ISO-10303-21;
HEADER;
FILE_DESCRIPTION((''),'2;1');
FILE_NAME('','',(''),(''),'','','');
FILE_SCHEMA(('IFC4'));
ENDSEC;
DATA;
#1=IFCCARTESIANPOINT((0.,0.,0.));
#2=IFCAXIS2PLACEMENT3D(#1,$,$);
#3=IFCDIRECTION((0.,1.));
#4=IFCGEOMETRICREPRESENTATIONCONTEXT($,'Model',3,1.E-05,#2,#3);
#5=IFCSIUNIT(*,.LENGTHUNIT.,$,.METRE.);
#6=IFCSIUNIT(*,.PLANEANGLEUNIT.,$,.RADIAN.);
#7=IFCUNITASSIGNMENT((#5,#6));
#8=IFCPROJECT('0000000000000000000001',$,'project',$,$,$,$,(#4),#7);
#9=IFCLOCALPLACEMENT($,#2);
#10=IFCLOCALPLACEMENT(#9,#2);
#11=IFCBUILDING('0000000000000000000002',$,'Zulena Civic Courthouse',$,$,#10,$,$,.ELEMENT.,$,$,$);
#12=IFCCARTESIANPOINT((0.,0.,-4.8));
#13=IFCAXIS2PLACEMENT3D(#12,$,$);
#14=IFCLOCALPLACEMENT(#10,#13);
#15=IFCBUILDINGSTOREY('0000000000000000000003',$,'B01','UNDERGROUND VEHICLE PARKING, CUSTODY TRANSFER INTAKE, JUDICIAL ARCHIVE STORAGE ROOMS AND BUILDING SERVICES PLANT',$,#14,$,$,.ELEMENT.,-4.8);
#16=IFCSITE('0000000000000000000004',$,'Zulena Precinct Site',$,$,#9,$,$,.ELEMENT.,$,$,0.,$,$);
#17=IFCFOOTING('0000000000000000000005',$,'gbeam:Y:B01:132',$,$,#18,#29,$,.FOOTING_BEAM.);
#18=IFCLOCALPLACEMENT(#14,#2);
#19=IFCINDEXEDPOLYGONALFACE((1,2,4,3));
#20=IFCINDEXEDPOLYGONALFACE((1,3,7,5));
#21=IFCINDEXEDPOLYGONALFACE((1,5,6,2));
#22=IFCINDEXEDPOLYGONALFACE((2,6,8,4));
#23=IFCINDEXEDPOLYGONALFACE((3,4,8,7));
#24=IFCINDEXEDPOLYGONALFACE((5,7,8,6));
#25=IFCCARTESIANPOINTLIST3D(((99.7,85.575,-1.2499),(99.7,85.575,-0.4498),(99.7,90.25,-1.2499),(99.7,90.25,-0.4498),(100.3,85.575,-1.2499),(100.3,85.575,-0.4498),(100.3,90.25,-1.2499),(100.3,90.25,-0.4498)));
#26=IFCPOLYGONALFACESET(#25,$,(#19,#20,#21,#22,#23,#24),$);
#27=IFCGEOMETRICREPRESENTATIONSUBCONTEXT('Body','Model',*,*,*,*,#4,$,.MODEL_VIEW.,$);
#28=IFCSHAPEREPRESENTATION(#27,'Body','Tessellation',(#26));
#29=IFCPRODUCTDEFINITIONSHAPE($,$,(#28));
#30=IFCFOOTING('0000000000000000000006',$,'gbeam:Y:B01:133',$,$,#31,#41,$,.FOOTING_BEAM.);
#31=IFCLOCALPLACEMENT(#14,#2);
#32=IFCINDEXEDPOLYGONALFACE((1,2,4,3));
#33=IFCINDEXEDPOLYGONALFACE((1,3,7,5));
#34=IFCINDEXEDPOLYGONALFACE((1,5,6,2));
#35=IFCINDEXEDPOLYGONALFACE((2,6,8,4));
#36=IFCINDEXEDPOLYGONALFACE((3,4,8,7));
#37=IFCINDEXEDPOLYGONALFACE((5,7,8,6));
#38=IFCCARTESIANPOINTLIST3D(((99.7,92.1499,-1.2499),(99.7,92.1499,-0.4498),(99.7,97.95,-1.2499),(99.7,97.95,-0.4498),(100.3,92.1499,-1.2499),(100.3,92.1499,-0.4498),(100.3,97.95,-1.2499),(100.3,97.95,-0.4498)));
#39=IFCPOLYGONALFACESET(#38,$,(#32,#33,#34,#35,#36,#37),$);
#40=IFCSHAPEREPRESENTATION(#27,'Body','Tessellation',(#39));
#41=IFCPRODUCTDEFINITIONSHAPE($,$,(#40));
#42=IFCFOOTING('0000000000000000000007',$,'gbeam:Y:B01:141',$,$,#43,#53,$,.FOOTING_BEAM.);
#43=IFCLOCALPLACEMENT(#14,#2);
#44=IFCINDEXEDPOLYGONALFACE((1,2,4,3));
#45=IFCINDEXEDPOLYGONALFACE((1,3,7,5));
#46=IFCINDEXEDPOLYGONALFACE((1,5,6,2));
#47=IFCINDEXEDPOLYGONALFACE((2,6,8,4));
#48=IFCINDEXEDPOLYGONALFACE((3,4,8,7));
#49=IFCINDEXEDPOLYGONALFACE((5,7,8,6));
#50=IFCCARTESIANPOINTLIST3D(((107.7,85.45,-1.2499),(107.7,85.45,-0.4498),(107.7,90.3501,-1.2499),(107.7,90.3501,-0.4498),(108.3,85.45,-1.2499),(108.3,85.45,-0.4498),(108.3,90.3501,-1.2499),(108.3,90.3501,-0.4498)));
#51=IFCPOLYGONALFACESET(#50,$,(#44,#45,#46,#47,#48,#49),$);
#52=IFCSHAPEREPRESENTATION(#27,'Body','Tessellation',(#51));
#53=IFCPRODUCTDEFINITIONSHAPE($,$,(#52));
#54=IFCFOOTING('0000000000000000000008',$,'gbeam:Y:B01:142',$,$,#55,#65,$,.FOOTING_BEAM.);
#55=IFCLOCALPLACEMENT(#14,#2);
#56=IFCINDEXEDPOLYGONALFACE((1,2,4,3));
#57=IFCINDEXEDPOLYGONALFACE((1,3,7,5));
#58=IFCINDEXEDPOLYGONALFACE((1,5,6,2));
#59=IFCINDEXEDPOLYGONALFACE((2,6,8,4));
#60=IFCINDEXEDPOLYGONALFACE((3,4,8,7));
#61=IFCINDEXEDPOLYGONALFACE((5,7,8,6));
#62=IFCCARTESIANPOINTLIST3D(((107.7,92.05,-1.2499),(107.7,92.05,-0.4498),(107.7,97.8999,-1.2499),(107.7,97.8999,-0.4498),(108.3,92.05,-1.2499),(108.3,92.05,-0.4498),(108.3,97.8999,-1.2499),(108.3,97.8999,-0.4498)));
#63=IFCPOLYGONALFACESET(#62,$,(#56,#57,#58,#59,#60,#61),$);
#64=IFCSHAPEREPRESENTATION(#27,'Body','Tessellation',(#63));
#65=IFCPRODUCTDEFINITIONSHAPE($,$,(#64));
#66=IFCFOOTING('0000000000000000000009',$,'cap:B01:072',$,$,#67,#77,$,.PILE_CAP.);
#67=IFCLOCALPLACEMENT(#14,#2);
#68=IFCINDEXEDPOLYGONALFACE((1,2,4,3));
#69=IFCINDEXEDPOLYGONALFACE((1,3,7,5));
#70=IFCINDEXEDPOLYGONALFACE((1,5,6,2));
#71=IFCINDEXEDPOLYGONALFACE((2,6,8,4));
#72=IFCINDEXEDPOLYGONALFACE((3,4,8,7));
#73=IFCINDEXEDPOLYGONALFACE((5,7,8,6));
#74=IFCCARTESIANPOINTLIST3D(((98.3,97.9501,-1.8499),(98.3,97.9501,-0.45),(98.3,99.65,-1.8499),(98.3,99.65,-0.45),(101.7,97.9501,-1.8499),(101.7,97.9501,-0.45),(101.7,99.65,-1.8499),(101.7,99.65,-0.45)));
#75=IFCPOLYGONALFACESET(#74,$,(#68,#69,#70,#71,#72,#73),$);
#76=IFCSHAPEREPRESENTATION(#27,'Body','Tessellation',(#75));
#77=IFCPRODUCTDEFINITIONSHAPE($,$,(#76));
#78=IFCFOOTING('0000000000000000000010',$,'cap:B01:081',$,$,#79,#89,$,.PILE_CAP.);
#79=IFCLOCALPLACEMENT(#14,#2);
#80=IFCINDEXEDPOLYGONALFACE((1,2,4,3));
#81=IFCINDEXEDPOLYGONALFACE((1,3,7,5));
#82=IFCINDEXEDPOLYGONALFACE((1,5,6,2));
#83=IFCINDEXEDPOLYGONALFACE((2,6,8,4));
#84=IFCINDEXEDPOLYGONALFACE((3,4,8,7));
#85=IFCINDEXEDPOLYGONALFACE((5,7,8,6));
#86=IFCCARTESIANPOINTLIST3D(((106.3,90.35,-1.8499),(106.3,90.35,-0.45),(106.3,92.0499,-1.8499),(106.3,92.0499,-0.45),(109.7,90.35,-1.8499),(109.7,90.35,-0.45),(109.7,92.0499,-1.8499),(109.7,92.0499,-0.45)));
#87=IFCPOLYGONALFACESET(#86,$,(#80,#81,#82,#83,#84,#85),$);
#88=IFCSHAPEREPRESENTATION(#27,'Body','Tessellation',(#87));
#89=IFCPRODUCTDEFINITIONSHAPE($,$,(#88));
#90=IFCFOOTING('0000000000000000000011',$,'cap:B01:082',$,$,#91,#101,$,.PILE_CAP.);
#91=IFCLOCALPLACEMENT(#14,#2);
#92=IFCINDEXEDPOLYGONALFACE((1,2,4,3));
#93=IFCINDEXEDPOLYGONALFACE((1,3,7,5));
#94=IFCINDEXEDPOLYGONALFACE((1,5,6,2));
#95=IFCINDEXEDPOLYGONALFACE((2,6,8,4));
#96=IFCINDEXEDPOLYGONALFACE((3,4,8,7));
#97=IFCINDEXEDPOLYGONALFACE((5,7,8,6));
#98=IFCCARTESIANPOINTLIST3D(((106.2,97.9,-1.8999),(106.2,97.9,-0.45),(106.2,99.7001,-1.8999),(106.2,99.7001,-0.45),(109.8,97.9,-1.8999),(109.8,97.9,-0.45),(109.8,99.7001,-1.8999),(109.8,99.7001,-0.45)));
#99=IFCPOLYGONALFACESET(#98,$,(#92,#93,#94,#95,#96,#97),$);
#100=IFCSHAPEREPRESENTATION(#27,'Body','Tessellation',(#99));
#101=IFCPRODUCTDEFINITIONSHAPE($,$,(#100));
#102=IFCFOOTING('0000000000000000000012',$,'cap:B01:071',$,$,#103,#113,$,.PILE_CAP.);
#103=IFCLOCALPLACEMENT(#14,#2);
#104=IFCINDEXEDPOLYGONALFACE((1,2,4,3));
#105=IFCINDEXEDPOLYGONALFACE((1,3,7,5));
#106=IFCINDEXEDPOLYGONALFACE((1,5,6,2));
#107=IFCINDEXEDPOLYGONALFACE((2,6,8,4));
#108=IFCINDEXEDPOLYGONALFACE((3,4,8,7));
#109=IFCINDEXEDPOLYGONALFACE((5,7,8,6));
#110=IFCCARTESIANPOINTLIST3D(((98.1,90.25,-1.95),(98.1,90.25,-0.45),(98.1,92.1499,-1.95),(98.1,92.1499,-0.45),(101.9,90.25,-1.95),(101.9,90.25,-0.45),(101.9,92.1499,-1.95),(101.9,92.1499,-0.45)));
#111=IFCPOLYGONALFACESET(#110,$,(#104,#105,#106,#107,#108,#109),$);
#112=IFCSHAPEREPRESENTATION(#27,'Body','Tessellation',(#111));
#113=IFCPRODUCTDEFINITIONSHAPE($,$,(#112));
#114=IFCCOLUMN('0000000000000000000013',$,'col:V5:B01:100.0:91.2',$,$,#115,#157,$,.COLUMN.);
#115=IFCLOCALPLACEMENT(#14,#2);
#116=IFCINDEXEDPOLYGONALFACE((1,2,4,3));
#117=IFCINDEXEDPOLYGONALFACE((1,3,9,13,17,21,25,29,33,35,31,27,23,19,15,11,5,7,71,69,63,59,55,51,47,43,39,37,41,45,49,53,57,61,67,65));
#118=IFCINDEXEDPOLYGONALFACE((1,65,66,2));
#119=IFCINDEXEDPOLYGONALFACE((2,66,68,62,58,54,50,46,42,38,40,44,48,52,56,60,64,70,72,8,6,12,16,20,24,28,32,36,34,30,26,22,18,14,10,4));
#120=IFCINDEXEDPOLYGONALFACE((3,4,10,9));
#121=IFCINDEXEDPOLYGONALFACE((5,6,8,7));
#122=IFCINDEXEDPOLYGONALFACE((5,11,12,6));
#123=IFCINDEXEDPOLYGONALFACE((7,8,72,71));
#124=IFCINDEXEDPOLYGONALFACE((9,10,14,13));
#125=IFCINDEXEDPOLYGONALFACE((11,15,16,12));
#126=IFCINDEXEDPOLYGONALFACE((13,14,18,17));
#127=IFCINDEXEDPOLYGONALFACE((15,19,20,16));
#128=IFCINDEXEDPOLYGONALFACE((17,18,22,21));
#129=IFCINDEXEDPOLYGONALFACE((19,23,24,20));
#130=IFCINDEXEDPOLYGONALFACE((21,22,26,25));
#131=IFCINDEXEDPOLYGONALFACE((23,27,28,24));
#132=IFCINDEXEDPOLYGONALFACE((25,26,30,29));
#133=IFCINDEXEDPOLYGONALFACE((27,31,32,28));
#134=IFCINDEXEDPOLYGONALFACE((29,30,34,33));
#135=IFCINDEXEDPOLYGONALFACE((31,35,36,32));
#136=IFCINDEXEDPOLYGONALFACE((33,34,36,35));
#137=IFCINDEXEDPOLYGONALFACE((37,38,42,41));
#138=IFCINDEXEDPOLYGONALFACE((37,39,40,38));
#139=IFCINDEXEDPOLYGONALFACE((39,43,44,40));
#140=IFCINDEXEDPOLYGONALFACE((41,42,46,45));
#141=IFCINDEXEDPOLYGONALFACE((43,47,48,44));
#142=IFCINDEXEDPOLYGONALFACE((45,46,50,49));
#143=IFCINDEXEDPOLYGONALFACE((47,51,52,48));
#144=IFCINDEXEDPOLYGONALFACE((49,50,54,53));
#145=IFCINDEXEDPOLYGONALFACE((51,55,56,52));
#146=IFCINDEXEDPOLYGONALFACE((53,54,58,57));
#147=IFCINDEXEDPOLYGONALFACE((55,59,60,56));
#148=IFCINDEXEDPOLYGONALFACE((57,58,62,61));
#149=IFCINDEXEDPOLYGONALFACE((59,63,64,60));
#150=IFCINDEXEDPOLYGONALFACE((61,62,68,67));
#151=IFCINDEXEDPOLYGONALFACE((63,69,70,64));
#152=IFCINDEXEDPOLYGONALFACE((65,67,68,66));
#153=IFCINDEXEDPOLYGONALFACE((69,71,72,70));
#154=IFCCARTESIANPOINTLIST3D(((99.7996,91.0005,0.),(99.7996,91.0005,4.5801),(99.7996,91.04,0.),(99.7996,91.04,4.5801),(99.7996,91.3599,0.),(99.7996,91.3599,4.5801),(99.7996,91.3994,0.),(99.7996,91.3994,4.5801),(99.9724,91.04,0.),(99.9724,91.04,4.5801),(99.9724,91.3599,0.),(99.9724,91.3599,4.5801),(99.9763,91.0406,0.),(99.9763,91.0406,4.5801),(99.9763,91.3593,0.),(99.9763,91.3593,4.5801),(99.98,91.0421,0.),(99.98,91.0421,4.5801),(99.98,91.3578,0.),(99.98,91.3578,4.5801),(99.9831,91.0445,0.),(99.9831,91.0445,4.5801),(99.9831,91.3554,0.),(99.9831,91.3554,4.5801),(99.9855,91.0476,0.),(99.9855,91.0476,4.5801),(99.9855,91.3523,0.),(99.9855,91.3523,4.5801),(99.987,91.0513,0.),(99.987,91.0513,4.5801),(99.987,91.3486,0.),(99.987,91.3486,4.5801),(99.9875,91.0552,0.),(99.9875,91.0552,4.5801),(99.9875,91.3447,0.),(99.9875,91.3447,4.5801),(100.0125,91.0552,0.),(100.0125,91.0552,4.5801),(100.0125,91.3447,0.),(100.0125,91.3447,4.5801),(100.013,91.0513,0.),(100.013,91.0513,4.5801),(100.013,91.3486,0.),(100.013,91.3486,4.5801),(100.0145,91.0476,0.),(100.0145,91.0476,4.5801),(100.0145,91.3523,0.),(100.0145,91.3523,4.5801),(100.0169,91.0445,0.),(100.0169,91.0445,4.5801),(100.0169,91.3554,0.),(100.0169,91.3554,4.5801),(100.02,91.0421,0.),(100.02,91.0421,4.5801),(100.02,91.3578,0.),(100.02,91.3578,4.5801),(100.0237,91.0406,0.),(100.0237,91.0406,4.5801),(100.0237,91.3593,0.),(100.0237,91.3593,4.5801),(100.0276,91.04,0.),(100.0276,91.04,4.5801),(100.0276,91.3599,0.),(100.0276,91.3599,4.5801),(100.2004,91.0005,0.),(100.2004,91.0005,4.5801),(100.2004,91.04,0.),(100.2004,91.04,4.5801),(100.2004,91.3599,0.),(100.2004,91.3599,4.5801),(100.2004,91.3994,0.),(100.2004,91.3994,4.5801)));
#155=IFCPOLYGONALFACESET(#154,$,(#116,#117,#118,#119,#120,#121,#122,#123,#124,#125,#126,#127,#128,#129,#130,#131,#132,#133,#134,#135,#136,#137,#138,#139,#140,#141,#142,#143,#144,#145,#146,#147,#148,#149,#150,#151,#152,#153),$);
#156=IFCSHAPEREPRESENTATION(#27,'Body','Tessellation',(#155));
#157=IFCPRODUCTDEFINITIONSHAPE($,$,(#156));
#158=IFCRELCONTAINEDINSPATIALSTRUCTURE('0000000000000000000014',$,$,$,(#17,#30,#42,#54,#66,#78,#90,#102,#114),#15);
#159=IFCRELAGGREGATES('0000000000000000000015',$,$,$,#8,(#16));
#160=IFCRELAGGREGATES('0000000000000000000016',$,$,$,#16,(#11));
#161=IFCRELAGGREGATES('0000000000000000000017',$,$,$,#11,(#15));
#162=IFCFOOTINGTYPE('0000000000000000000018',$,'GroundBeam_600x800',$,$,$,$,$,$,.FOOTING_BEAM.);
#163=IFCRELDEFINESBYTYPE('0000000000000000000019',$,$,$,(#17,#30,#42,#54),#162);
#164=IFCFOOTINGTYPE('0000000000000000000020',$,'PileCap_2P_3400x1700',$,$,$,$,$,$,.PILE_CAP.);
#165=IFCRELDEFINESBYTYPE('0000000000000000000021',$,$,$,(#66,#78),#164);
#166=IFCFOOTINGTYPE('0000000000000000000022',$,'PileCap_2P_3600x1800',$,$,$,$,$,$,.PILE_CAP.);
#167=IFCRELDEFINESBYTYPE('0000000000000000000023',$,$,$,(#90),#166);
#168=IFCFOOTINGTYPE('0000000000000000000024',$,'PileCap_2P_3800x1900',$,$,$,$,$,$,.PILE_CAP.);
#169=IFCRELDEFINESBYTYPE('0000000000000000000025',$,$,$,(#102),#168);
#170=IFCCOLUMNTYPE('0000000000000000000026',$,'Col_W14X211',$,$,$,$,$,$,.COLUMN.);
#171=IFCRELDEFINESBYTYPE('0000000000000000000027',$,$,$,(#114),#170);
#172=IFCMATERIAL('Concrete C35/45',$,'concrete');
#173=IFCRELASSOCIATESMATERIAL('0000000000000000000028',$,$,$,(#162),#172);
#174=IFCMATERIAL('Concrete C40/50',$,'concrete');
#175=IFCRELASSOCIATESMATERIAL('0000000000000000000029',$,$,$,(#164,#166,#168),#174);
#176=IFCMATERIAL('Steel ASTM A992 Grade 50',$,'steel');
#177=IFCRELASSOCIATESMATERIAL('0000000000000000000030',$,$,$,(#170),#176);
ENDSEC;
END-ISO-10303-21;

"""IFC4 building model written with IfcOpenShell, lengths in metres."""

from ifc_helpers import new_model, si_unit, direction, frame, origin, origin_2d, place, context, subcontext, project, spatial, rectangle, i_section, extrude, material, material_profile, profile_set, type_object, element, save


model = new_model("IFC4")

# Units and contexts
model_context = context("Model", 3, precision=1e-05, world=origin(), true_north=direction((0.0, 1.0)))
body_context = subcontext(model_context, "Body", "Model", "MODEL_VIEW")
ifc_project = project(units=[si_unit("LENGTHUNIT", "METRE"), si_unit("PLANEANGLEUNIT", "RADIAN")], contexts=[model_context])

# Site, building, storey
site_placement = place(None, origin())
site = spatial("IfcSite", under=ifc_project, at=site_placement, Name="Zulena Precinct Site", CompositionType="ELEMENT", RefElevation=0.0)
building_placement = place(site_placement, origin())
building = spatial("IfcBuilding", under=site, at=building_placement, Name="Zulena Civic Courthouse", CompositionType="ELEMENT")
storey_placement = place(building_placement, frame((0.0, 0.0, -4.8)))
storey = spatial("IfcBuildingStorey", under=building, at=storey_placement, Name="B01", Description="UNDERGROUND VEHICLE PARKING, CUSTODY TRANSFER INTAKE, JUDICIAL ARCHIVE STORAGE ROOMS AND BUILDING SERVICES PLANT", CompositionType="ELEMENT", Elevation=-4.8)

# Shared definitions
ifc_material_1 = material(Name="Concrete C40/50", Category="concrete")

# Footings
ifc_material_2 = material(Name="Concrete C35/45", Category="concrete")
ifc_material_profile_1 = material_profile(ifc_material_2, rectangle(XDim=0.6001, YDim=0.8, at=origin_2d()), Name="RC600X800")
ifc_profile_set_1 = profile_set([ifc_material_profile_1], Name="Concrete C35/45")
footing_type_1 = type_object("IfcFootingType", Name="GroundBeam_600x800", PredefinedType="FOOTING_BEAM", material=ifc_profile_set_1)
footing_1_placement = place(storey_placement, frame((100.0, 85.575, -0.8499), z_axis=(0.0, 1.0, 0.0), x_axis=(-1.0, 0.0, 0.0)))
element("IfcFooting", 1, at=footing_1_placement, inside=storey, type_object=footing_type_1, Name="gbeam:Y:B01:132", PredefinedType="FOOTING_BEAM", context=body_context, shape_type="SweptSolid", body=[
    extrude(rectangle(XDim=0.6001, YDim=0.8, at=origin_2d()), origin(), (0.0, 0.0, 1.0), 4.675),
])
footing_2_placement = place(storey_placement, frame((100.0, 92.1499, -0.8499), z_axis=(0.0, 1.0, 0.0), x_axis=(-1.0, 0.0, 0.0)))
element("IfcFooting", 2, at=footing_2_placement, inside=storey, type_object=footing_type_1, Name="gbeam:Y:B01:133", PredefinedType="FOOTING_BEAM", context=body_context, shape_type="SweptSolid", body=[
    extrude(rectangle(XDim=0.6001, YDim=0.8, at=origin_2d()), origin(), (0.0, 0.0, 1.0), 5.8),
])
footing_3_placement = place(storey_placement, frame((108.0, 85.45, -0.8499), z_axis=(0.0, 1.0, 0.0), x_axis=(-1.0, 0.0, 0.0)))
element("IfcFooting", 3, at=footing_3_placement, inside=storey, type_object=footing_type_1, Name="gbeam:Y:B01:141", PredefinedType="FOOTING_BEAM", context=body_context, shape_type="SweptSolid", body=[
    extrude(rectangle(XDim=0.6001, YDim=0.8, at=origin_2d()), origin(), (0.0, 0.0, 1.0), 4.9001),
])
footing_4_placement = place(storey_placement, frame((108.0, 92.05, -0.8499), z_axis=(0.0, 1.0, 0.0), x_axis=(-1.0, 0.0, 0.0)))
element("IfcFooting", 4, at=footing_4_placement, inside=storey, type_object=footing_type_1, Name="gbeam:Y:B01:142", PredefinedType="FOOTING_BEAM", context=body_context, shape_type="SweptSolid", body=[
    extrude(rectangle(XDim=0.6001, YDim=0.8, at=origin_2d()), origin(), (0.0, 0.0, 1.0), 5.8499),
])
footing_type_2 = type_object("IfcFootingType", Name="PileCap_2P_3400x1700", PredefinedType="PILE_CAP", material=ifc_material_1)
for number, where, z_axis, x_axis, name in (
    (5, (100.0, 98.8, -1.8499), (0.0, 0.0, 1.0), (1.0, 0.0, 0.0), "cap:B01:072"),
    (6, (108.0, 91.2, -1.8499), (0.0, 0.0, 1.0), (1.0, 0.0, 0.0), "cap:B01:081"),
):
    element("IfcFooting", number, at=place(storey_placement, frame(where, z_axis=z_axis, x_axis=x_axis)), inside=storey, type_object=footing_type_2, Name=name, PredefinedType="PILE_CAP", context=body_context, shape_type="SweptSolid", body=[
        extrude(rectangle(XDim=3.3999, YDim=1.7, at=origin_2d()), origin(), (0.0, 0.0, 1.0), 1.3999),
    ])
footing_type_3 = type_object("IfcFootingType", Name="PileCap_2P_3600x1800", PredefinedType="PILE_CAP", material=ifc_material_1)
footing_5_placement = place(storey_placement, frame((108.0, 98.8, -1.8999), z_axis=(0.0, 0.0, 1.0), x_axis=(1.0, 0.0, 0.0)))
element("IfcFooting", 7, at=footing_5_placement, inside=storey, type_object=footing_type_3, Name="cap:B01:082", PredefinedType="PILE_CAP", context=body_context, shape_type="SweptSolid", body=[
    extrude(rectangle(XDim=3.6001, YDim=1.8, at=origin_2d()), origin(), (0.0, 0.0, 1.0), 1.45),
])
footing_type_4 = type_object("IfcFootingType", Name="PileCap_2P_3800x1900", PredefinedType="PILE_CAP", material=ifc_material_1)
footing_6_placement = place(storey_placement, frame((100.0, 91.2, -1.95), z_axis=(0.0, 0.0, 1.0), x_axis=(1.0, 0.0, 0.0)))
element("IfcFooting", 8, at=footing_6_placement, inside=storey, type_object=footing_type_4, Name="cap:B01:071", PredefinedType="PILE_CAP", context=body_context, shape_type="SweptSolid", body=[
    extrude(rectangle(XDim=3.8, YDim=1.8999, at=origin_2d()), origin(), (0.0, 0.0, 1.0), 1.5),
])

# Column
ifc_material_3 = material(Name="Steel ASTM A992 Grade 50", Category="steel")
ifc_material_profile_2 = material_profile(ifc_material_3, i_section(OverallWidth=0.4009, OverallDepth=0.3989, WebThickness=0.0249, FlangeThickness=0.0396, FilletRadius=0.0151, at=origin_2d()), Name="W14X211")
ifc_profile_set_2 = profile_set([ifc_material_profile_2], Name="Steel ASTM A992 Grade 50")
column_type_1 = type_object("IfcColumnType", Name="Col_W14X211", PredefinedType="COLUMN", material=ifc_profile_set_2)
for number, where, z_axis, x_axis, name in (
    (9, (100.0, 91.2, 0.0), (0.0, 0.0, 1.0), (1.0, 0.0, 0.0), "col:V5:B01:100.0:91.2"),
):
    element("IfcColumn", number, at=place(storey_placement, frame(where, z_axis=z_axis, x_axis=x_axis)), inside=storey, type_object=column_type_1, Name=name, PredefinedType="COLUMN", context=body_context, shape_type="SweptSolid", body=[
        extrude(i_section(OverallWidth=0.4009, OverallDepth=0.3989, WebThickness=0.0249, FlangeThickness=0.0396, FilletRadius=0.0151, at=origin_2d()), origin(), (0.0, 0.0, 1.0), 4.5801),
    ])

save(model, "model.ifc")
